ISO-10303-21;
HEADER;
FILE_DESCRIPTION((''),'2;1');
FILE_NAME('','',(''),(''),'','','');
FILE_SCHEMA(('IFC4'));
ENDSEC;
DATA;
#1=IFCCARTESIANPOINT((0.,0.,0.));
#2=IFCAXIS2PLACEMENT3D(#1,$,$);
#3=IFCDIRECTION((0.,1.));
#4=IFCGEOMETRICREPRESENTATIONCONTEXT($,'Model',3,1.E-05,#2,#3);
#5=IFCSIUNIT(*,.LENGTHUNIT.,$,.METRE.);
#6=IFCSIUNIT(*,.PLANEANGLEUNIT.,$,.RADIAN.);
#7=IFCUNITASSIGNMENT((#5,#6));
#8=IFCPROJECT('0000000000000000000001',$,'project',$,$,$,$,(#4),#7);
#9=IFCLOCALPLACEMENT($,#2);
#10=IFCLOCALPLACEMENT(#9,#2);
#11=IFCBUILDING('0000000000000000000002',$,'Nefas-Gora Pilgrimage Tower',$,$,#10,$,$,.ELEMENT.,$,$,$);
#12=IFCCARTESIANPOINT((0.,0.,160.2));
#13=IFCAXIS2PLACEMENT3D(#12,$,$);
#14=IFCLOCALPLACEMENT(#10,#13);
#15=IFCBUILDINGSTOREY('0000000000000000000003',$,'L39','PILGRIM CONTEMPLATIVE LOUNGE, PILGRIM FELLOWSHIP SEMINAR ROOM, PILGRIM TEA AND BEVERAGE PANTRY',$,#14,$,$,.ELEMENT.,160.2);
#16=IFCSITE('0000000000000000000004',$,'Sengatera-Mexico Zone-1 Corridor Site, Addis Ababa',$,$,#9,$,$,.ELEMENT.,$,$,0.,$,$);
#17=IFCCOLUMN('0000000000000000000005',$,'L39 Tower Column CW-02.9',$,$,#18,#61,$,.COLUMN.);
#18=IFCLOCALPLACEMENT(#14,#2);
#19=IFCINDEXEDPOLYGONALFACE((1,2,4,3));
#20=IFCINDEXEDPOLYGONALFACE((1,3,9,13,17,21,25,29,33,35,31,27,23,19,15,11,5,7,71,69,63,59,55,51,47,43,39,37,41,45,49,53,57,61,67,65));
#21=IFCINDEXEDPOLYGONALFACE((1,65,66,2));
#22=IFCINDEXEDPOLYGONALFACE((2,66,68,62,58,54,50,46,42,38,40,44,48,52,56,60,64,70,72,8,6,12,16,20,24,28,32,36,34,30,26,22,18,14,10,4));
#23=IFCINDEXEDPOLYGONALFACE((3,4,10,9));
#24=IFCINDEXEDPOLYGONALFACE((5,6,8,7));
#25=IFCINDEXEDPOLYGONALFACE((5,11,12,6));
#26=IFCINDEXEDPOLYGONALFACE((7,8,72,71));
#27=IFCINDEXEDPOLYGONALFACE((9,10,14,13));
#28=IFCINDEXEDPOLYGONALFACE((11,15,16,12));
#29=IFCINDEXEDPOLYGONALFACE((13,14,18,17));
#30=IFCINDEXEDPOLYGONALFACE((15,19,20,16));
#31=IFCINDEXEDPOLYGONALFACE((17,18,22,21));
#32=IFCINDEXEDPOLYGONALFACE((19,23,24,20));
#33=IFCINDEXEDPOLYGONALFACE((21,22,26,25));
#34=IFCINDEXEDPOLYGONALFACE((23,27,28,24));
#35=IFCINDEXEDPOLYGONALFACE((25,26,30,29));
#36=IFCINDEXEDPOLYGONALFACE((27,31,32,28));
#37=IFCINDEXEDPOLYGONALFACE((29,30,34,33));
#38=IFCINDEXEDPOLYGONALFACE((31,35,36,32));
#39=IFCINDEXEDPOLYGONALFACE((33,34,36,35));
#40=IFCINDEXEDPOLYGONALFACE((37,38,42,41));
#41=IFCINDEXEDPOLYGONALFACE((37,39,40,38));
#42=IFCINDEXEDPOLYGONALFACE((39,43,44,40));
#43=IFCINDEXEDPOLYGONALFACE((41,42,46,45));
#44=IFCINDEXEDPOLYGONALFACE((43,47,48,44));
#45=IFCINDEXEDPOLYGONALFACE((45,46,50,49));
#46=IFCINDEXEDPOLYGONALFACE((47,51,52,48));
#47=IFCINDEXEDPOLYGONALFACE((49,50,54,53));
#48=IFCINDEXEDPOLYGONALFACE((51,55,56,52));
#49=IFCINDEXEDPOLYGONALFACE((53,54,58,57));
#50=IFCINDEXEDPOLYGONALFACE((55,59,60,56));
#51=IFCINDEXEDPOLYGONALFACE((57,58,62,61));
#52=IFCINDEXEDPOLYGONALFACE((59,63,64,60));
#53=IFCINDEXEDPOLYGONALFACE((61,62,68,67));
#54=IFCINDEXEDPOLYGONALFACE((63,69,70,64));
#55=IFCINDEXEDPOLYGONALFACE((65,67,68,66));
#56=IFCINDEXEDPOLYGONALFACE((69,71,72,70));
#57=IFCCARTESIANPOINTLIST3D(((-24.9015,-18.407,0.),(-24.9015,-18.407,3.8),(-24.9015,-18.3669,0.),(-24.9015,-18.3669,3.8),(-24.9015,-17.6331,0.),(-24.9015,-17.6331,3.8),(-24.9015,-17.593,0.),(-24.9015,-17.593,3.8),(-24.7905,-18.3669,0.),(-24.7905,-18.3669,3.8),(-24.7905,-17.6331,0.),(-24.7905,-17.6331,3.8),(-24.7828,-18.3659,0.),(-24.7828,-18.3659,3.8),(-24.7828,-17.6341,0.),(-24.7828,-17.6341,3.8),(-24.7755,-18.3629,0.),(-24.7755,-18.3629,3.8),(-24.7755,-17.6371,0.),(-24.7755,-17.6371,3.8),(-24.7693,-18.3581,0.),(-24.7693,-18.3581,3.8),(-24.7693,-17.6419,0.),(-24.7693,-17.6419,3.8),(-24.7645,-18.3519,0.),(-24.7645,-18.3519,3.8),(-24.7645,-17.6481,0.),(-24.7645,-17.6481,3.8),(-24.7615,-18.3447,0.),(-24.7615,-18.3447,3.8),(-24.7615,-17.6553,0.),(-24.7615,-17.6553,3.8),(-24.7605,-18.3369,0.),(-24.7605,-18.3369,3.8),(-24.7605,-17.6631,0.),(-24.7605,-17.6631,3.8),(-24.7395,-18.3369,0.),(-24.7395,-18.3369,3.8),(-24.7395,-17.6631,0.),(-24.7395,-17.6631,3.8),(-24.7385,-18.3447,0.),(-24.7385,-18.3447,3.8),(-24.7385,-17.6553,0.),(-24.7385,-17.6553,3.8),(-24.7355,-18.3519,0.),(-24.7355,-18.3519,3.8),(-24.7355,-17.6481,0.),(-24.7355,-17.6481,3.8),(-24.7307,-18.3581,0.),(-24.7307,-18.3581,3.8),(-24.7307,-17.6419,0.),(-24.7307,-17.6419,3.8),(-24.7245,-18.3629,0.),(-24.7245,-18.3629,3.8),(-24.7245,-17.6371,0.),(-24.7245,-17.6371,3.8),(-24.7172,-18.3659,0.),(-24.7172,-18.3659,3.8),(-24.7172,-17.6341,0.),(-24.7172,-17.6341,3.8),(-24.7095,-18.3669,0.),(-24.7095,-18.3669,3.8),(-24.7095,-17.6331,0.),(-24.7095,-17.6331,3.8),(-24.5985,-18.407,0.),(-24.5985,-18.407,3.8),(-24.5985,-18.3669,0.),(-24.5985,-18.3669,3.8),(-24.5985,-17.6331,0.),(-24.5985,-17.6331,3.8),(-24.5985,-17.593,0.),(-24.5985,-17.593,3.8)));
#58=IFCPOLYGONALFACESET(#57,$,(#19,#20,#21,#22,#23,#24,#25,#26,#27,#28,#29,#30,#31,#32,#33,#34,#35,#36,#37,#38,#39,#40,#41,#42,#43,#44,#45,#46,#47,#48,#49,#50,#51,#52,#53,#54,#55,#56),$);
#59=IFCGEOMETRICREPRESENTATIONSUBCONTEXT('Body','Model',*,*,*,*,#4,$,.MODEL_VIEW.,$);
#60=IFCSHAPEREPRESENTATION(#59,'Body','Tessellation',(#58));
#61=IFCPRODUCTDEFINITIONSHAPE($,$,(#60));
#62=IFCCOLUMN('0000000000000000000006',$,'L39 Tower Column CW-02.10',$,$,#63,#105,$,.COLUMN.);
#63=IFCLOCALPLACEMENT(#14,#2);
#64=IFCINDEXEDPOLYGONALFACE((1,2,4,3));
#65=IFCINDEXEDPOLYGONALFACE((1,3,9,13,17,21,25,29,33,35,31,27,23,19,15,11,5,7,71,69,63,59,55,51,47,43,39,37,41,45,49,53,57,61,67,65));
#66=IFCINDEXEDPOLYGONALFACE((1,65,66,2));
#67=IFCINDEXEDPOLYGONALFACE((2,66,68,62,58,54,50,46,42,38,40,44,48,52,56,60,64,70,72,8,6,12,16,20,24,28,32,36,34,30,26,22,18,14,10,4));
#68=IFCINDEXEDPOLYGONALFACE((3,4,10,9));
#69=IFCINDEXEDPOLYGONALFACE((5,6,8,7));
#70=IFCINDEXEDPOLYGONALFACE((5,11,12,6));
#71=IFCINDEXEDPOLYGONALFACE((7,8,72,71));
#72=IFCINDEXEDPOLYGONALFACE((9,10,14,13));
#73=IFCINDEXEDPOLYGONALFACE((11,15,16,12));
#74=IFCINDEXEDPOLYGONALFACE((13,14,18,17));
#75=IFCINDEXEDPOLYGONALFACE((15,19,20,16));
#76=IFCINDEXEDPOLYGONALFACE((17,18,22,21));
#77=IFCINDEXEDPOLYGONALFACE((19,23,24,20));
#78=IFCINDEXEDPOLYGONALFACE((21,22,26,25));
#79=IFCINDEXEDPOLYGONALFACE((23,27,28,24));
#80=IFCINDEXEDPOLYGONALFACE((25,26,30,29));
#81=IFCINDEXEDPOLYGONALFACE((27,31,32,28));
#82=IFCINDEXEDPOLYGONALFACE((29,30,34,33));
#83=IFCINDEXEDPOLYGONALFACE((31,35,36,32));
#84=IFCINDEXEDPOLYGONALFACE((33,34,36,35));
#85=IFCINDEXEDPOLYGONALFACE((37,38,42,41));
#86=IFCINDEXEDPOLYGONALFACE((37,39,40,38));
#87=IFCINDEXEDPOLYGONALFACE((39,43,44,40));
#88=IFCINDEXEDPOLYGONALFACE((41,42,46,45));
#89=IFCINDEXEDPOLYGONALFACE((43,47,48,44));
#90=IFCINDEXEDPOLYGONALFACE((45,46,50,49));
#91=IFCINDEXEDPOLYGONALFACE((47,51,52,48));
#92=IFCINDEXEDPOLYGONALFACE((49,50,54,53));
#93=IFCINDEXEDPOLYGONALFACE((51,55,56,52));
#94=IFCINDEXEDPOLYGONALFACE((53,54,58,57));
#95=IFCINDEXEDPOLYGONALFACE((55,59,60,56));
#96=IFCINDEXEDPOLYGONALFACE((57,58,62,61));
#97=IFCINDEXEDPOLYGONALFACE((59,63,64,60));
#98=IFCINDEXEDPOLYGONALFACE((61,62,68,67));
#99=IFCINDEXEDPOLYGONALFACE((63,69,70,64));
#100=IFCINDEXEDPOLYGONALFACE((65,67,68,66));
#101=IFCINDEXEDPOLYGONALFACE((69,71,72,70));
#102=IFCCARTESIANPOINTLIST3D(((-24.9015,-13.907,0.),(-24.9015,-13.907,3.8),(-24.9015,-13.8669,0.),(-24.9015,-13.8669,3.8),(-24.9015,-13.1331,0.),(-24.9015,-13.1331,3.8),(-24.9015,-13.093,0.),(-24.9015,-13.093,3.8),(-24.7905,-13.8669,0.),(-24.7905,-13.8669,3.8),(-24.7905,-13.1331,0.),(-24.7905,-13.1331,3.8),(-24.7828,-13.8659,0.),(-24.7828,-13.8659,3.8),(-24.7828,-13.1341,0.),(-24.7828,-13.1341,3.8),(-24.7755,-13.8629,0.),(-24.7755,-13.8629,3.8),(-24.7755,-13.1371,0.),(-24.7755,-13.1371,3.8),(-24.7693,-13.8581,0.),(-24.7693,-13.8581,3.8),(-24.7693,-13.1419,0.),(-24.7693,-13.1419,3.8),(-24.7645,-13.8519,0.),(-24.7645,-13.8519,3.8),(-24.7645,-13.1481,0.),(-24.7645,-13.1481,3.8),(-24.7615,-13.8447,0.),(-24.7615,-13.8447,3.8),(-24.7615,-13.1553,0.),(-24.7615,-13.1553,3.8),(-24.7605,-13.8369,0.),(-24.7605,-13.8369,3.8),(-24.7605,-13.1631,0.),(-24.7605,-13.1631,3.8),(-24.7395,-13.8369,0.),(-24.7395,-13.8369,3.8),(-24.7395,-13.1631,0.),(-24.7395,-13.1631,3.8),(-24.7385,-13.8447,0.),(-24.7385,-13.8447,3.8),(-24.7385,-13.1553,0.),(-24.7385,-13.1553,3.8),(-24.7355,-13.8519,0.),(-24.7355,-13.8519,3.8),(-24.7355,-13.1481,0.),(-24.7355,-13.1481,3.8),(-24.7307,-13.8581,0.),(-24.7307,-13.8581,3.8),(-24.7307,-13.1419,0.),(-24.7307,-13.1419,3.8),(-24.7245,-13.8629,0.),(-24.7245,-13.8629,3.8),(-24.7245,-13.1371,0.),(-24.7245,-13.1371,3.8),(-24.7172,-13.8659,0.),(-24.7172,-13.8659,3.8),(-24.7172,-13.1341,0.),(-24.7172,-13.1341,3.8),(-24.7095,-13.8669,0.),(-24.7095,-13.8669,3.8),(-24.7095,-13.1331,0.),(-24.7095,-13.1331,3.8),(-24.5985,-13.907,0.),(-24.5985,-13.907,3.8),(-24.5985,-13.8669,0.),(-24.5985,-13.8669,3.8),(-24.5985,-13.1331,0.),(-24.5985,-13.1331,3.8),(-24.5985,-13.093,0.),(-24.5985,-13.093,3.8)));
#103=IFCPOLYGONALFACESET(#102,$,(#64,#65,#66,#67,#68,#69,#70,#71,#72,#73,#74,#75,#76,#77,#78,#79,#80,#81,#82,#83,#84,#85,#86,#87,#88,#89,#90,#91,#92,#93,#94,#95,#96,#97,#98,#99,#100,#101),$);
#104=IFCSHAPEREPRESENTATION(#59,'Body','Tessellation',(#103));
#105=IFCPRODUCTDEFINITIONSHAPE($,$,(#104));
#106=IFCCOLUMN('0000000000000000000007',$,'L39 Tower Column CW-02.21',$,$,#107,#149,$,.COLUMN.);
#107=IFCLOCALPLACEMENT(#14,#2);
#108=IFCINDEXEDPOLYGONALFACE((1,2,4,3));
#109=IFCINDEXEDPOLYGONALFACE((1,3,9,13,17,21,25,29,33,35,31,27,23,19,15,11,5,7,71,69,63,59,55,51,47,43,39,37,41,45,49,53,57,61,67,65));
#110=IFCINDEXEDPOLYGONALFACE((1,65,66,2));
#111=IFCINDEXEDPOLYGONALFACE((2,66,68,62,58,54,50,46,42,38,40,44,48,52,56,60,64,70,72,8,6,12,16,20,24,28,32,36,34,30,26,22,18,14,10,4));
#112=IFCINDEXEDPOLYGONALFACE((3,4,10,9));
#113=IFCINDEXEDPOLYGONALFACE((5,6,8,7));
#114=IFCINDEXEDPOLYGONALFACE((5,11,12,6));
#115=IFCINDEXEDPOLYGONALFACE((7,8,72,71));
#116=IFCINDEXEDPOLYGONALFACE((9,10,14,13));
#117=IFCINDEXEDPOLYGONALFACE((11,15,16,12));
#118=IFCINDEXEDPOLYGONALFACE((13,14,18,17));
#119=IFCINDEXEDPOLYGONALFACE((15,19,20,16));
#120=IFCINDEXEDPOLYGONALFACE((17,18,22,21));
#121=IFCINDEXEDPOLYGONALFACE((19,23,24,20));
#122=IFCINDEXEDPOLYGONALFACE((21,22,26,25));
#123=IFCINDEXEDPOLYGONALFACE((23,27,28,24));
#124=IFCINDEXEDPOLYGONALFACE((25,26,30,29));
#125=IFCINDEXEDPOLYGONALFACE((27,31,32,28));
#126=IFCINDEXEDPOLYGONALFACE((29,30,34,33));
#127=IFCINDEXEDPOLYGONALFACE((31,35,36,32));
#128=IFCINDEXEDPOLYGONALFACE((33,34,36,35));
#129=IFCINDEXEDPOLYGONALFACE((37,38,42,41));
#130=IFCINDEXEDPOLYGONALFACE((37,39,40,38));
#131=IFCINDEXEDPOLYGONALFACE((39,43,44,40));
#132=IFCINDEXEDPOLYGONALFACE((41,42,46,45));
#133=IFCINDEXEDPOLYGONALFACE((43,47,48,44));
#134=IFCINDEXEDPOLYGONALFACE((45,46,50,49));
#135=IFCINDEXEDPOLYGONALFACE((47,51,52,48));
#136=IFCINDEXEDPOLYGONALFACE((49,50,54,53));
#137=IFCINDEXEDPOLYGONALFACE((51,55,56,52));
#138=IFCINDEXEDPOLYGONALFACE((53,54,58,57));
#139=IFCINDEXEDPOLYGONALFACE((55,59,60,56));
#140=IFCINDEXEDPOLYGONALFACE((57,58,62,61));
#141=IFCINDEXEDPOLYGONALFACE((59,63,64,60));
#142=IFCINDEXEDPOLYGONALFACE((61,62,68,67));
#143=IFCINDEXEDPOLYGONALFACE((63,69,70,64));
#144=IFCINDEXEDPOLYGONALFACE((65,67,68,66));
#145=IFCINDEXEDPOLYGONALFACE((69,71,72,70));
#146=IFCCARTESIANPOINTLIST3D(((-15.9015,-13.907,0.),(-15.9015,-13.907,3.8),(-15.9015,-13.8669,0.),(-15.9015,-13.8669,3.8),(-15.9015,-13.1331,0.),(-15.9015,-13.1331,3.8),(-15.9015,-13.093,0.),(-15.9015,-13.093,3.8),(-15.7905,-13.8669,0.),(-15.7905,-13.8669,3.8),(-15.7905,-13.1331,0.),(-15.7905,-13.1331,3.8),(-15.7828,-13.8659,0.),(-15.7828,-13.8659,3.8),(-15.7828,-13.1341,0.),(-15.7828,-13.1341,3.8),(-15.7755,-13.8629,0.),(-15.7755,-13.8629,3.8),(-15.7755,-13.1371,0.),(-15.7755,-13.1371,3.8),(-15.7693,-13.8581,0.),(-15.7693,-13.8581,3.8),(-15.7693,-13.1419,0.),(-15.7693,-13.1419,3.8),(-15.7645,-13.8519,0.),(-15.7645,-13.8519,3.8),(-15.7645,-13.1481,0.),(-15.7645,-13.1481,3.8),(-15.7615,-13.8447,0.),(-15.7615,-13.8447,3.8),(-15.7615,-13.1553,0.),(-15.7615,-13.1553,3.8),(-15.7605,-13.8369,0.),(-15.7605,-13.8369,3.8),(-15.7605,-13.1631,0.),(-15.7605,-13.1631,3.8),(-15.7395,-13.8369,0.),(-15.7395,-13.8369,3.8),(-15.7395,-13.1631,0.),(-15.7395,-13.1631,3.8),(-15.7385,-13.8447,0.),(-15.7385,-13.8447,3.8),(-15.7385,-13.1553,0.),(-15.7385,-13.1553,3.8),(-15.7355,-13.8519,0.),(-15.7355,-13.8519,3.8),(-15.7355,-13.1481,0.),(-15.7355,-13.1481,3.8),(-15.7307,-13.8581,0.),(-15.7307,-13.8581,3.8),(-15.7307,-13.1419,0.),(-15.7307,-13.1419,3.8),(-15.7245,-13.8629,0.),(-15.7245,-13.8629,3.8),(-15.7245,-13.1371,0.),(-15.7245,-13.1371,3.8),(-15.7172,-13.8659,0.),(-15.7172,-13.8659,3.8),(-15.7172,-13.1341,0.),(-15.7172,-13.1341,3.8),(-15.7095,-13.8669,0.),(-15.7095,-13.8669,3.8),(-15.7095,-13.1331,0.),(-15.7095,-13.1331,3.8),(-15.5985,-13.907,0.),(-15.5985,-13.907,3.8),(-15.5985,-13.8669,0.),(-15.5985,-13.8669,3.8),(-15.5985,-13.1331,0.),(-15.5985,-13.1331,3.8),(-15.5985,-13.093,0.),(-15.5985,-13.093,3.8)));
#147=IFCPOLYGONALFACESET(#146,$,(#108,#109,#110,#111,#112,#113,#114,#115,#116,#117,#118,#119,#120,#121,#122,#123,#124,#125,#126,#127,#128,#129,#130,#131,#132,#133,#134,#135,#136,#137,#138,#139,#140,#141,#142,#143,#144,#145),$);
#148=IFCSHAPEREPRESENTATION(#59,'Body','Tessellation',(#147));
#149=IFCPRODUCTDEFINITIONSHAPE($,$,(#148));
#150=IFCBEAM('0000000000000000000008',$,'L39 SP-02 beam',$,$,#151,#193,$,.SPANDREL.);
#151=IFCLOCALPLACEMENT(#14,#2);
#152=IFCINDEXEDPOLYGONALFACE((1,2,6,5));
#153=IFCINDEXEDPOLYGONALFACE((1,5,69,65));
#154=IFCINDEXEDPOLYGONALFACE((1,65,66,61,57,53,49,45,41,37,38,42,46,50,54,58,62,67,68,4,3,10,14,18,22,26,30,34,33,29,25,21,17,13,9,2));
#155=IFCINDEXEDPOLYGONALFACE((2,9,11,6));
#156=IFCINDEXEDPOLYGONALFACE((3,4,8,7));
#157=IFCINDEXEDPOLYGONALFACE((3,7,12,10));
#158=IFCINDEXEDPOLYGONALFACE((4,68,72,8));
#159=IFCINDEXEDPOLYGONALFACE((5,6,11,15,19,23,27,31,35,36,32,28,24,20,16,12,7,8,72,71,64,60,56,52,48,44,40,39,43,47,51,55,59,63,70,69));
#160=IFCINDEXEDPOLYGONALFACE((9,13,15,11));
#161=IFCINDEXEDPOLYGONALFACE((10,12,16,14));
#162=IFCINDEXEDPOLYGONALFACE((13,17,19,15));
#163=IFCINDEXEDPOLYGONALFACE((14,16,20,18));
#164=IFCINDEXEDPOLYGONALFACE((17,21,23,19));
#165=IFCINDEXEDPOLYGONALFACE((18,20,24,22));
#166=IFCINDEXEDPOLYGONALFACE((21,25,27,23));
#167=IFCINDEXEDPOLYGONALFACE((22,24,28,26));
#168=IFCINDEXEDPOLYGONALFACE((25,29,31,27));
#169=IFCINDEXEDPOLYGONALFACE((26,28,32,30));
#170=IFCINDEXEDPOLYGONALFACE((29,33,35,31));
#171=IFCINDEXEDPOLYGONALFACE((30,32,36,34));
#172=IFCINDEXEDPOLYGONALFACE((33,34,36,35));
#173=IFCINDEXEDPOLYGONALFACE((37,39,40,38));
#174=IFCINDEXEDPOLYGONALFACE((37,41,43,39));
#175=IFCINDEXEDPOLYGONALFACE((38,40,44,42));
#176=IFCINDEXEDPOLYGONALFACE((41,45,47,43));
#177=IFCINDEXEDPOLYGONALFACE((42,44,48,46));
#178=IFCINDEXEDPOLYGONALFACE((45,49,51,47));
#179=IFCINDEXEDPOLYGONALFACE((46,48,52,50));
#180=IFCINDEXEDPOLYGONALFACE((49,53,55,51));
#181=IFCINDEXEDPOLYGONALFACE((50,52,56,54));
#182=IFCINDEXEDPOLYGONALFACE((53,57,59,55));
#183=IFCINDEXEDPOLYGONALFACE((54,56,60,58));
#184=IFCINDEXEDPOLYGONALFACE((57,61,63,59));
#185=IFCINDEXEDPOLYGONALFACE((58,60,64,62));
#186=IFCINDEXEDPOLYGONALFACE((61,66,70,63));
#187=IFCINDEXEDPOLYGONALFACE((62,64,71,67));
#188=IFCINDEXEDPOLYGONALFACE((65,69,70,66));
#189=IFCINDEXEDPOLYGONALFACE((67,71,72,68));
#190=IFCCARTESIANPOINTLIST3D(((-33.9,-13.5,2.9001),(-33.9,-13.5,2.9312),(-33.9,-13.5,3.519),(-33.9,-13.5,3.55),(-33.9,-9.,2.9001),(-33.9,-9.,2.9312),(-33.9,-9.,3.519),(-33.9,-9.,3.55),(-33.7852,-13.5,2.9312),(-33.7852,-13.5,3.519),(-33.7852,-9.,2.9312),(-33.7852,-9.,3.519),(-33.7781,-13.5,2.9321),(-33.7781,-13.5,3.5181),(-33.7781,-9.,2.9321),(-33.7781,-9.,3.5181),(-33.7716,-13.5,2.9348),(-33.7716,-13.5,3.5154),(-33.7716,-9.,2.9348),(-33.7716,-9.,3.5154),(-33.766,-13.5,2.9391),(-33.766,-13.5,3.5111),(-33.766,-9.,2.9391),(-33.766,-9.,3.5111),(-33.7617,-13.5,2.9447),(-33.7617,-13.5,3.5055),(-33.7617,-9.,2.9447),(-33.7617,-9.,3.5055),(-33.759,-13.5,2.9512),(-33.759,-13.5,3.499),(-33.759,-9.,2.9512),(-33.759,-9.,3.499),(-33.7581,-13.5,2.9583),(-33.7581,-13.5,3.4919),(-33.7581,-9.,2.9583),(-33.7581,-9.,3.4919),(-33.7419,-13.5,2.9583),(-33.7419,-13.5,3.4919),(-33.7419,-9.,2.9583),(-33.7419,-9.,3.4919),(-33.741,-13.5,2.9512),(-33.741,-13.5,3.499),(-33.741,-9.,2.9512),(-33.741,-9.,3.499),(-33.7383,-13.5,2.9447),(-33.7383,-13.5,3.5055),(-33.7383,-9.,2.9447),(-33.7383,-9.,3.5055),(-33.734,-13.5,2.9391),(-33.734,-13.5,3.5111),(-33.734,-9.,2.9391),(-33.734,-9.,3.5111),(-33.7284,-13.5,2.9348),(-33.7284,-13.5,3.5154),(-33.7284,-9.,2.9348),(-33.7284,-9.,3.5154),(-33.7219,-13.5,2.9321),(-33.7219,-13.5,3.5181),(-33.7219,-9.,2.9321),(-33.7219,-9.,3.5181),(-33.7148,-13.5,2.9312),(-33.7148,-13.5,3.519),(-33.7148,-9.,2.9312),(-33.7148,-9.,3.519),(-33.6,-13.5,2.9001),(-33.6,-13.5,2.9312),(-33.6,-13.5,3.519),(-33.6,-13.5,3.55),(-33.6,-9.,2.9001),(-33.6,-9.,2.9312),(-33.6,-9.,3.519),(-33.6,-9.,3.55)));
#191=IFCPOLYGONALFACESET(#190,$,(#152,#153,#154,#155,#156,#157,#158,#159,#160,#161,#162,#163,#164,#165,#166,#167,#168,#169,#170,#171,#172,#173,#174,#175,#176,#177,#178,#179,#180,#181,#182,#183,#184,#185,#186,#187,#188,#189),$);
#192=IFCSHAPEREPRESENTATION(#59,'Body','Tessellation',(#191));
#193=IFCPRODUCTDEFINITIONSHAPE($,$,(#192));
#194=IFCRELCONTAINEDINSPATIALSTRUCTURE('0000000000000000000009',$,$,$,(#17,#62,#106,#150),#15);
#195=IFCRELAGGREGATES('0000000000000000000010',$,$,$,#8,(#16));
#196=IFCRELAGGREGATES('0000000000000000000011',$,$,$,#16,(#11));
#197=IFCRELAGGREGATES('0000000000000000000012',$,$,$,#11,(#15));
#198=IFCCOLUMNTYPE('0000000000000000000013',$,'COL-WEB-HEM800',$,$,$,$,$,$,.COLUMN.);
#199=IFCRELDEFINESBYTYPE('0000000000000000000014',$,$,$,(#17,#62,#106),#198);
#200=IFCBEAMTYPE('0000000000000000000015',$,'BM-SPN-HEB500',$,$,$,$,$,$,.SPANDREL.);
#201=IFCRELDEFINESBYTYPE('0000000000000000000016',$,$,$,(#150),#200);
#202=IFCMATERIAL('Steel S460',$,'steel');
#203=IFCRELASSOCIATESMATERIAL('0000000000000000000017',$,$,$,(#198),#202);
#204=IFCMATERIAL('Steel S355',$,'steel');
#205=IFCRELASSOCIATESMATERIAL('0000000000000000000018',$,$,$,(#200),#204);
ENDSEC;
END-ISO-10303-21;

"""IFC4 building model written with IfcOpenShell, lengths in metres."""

from ifc_helpers import new_model, si_unit, direction, frame, origin, origin_2d, place, context, subcontext, project, spatial, i_section, extrude, source, transform, mapped, material, material_profile, profile_set, type_object, element, save


model = new_model("IFC4")

# Units and contexts
model_context = context("Model", 3, precision=1e-05, world=origin(), true_north=direction((0.0, 1.0)))
body_context = subcontext(model_context, "Body", "Model", "MODEL_VIEW")
ifc_project = project(units=[si_unit("LENGTHUNIT", "METRE"), si_unit("PLANEANGLEUNIT", "RADIAN")], contexts=[model_context])

# Site, building, storey
site_placement = place(None, origin())
site = spatial("IfcSite", under=ifc_project, at=site_placement, Name="Sengatera-Mexico Zone-1 Corridor Site, Addis Ababa", CompositionType="ELEMENT", RefElevation=0.0)
building_placement = place(site_placement, origin())
building = spatial("IfcBuilding", under=site, at=building_placement, Name="Nefas-Gora Pilgrimage Tower", CompositionType="ELEMENT")
storey_placement = place(building_placement, frame((0.0, 0.0, 160.2)))
storey = spatial("IfcBuildingStorey", under=building, at=storey_placement, Name="L39", Description="PILGRIM CONTEMPLATIVE LOUNGE, PILGRIM FELLOWSHIP SEMINAR ROOM, PILGRIM TEA AND BEVERAGE PANTRY", CompositionType="ELEMENT", Elevation=160.2)

# Columns
ifc_material_1 = material(Name="Steel S460", Category="steel")
ifc_material_profile_1 = material_profile(ifc_material_1, i_section(OverallWidth=0.303, OverallDepth=0.814, WebThickness=0.021, FlangeThickness=0.04, FilletRadius=0.03, at=origin_2d()), Name="HEM 800")
ifc_profile_set_1 = profile_set([ifc_material_profile_1], Name="Steel S460")
column_type_1 = type_object("IfcColumnType", Name="COL-WEB-HEM800", PredefinedType="COLUMN", material=ifc_profile_set_1)
shared_shape_1 = source(origin(), body_context, "Body", "SweptSolid", [
    extrude(i_section(OverallWidth=0.303, OverallDepth=0.814, WebThickness=0.021, FlangeThickness=0.04, FilletRadius=0.03, at=origin_2d()), origin(), (0.0, 0.0, 1.0), 3.8),
])
for number, where, z_axis, x_axis, name in (
    (1, (-24.75, -18.0, 0.0), (0.0, 0.0, 1.0), (1.0, 0.0, 0.0), "L39 Tower Column CW-02.9"),
    (2, (-24.75, -13.5, 0.0), (0.0, 0.0, 1.0), (1.0, 0.0, 0.0), "L39 Tower Column CW-02.10"),
    (3, (-15.75, -13.5, 0.0), (0.0, 0.0, 1.0), (1.0, 0.0, 0.0), "L39 Tower Column CW-02.21"),
):
    element("IfcColumn", number, at=place(storey_placement, frame(where, z_axis=z_axis, x_axis=x_axis)), inside=storey, type_object=column_type_1, Name=name, PredefinedType="COLUMN", context=body_context, shape_type="MappedRepresentation", body=[
        mapped(shared_shape_1, transform((0.0, 0.0, 0.0), x_axis=(1.0, 0.0, 0.0), y_axis=(0.0, 1.0, 0.0), z_axis=(0.0, 0.0, 1.0), scale=1.0)),
    ])

# Beam
ifc_material_2 = material(Name="Steel S355", Category="steel")
ifc_material_profile_2 = material_profile(ifc_material_2, i_section(OverallWidth=0.3, OverallDepth=0.6499, WebThickness=0.0161, FlangeThickness=0.031, FilletRadius=0.0271, at=origin_2d()), Name="HEB 650")
ifc_profile_set_2 = profile_set([ifc_material_profile_2], Name="Steel S355")
beam_type_1 = type_object("IfcBeamType", Name="BM-SPN-HEB500", PredefinedType="SPANDREL", material=ifc_profile_set_2)
shared_shape_2 = source(origin(), body_context, "Body", "SweptSolid", [
    extrude(i_section(OverallWidth=0.3, OverallDepth=0.6499, WebThickness=0.0161, FlangeThickness=0.031, FilletRadius=0.0271, at=origin_2d()), origin(), (0.0, 0.0, 1.0), 4.5),
])
for number, where, z_axis, x_axis, name in (
    (4, (-33.75, -13.5, 3.2251), (0.0, 1.0, 0.0), (-1.0, 0.0, 0.0), "L39 SP-02 beam"),
):
    element("IfcBeam", number, at=place(storey_placement, frame(where, z_axis=z_axis, x_axis=x_axis)), inside=storey, type_object=beam_type_1, Name=name, PredefinedType="SPANDREL", context=body_context, shape_type="MappedRepresentation", body=[
        mapped(shared_shape_2, transform((0.0, 0.0, 0.0), x_axis=(1.0, 0.0, 0.0), y_axis=(0.0, 1.0, 0.0), z_axis=(0.0, 0.0, 1.0), scale=1.0)),
    ])

save(model, "model.ifc")
